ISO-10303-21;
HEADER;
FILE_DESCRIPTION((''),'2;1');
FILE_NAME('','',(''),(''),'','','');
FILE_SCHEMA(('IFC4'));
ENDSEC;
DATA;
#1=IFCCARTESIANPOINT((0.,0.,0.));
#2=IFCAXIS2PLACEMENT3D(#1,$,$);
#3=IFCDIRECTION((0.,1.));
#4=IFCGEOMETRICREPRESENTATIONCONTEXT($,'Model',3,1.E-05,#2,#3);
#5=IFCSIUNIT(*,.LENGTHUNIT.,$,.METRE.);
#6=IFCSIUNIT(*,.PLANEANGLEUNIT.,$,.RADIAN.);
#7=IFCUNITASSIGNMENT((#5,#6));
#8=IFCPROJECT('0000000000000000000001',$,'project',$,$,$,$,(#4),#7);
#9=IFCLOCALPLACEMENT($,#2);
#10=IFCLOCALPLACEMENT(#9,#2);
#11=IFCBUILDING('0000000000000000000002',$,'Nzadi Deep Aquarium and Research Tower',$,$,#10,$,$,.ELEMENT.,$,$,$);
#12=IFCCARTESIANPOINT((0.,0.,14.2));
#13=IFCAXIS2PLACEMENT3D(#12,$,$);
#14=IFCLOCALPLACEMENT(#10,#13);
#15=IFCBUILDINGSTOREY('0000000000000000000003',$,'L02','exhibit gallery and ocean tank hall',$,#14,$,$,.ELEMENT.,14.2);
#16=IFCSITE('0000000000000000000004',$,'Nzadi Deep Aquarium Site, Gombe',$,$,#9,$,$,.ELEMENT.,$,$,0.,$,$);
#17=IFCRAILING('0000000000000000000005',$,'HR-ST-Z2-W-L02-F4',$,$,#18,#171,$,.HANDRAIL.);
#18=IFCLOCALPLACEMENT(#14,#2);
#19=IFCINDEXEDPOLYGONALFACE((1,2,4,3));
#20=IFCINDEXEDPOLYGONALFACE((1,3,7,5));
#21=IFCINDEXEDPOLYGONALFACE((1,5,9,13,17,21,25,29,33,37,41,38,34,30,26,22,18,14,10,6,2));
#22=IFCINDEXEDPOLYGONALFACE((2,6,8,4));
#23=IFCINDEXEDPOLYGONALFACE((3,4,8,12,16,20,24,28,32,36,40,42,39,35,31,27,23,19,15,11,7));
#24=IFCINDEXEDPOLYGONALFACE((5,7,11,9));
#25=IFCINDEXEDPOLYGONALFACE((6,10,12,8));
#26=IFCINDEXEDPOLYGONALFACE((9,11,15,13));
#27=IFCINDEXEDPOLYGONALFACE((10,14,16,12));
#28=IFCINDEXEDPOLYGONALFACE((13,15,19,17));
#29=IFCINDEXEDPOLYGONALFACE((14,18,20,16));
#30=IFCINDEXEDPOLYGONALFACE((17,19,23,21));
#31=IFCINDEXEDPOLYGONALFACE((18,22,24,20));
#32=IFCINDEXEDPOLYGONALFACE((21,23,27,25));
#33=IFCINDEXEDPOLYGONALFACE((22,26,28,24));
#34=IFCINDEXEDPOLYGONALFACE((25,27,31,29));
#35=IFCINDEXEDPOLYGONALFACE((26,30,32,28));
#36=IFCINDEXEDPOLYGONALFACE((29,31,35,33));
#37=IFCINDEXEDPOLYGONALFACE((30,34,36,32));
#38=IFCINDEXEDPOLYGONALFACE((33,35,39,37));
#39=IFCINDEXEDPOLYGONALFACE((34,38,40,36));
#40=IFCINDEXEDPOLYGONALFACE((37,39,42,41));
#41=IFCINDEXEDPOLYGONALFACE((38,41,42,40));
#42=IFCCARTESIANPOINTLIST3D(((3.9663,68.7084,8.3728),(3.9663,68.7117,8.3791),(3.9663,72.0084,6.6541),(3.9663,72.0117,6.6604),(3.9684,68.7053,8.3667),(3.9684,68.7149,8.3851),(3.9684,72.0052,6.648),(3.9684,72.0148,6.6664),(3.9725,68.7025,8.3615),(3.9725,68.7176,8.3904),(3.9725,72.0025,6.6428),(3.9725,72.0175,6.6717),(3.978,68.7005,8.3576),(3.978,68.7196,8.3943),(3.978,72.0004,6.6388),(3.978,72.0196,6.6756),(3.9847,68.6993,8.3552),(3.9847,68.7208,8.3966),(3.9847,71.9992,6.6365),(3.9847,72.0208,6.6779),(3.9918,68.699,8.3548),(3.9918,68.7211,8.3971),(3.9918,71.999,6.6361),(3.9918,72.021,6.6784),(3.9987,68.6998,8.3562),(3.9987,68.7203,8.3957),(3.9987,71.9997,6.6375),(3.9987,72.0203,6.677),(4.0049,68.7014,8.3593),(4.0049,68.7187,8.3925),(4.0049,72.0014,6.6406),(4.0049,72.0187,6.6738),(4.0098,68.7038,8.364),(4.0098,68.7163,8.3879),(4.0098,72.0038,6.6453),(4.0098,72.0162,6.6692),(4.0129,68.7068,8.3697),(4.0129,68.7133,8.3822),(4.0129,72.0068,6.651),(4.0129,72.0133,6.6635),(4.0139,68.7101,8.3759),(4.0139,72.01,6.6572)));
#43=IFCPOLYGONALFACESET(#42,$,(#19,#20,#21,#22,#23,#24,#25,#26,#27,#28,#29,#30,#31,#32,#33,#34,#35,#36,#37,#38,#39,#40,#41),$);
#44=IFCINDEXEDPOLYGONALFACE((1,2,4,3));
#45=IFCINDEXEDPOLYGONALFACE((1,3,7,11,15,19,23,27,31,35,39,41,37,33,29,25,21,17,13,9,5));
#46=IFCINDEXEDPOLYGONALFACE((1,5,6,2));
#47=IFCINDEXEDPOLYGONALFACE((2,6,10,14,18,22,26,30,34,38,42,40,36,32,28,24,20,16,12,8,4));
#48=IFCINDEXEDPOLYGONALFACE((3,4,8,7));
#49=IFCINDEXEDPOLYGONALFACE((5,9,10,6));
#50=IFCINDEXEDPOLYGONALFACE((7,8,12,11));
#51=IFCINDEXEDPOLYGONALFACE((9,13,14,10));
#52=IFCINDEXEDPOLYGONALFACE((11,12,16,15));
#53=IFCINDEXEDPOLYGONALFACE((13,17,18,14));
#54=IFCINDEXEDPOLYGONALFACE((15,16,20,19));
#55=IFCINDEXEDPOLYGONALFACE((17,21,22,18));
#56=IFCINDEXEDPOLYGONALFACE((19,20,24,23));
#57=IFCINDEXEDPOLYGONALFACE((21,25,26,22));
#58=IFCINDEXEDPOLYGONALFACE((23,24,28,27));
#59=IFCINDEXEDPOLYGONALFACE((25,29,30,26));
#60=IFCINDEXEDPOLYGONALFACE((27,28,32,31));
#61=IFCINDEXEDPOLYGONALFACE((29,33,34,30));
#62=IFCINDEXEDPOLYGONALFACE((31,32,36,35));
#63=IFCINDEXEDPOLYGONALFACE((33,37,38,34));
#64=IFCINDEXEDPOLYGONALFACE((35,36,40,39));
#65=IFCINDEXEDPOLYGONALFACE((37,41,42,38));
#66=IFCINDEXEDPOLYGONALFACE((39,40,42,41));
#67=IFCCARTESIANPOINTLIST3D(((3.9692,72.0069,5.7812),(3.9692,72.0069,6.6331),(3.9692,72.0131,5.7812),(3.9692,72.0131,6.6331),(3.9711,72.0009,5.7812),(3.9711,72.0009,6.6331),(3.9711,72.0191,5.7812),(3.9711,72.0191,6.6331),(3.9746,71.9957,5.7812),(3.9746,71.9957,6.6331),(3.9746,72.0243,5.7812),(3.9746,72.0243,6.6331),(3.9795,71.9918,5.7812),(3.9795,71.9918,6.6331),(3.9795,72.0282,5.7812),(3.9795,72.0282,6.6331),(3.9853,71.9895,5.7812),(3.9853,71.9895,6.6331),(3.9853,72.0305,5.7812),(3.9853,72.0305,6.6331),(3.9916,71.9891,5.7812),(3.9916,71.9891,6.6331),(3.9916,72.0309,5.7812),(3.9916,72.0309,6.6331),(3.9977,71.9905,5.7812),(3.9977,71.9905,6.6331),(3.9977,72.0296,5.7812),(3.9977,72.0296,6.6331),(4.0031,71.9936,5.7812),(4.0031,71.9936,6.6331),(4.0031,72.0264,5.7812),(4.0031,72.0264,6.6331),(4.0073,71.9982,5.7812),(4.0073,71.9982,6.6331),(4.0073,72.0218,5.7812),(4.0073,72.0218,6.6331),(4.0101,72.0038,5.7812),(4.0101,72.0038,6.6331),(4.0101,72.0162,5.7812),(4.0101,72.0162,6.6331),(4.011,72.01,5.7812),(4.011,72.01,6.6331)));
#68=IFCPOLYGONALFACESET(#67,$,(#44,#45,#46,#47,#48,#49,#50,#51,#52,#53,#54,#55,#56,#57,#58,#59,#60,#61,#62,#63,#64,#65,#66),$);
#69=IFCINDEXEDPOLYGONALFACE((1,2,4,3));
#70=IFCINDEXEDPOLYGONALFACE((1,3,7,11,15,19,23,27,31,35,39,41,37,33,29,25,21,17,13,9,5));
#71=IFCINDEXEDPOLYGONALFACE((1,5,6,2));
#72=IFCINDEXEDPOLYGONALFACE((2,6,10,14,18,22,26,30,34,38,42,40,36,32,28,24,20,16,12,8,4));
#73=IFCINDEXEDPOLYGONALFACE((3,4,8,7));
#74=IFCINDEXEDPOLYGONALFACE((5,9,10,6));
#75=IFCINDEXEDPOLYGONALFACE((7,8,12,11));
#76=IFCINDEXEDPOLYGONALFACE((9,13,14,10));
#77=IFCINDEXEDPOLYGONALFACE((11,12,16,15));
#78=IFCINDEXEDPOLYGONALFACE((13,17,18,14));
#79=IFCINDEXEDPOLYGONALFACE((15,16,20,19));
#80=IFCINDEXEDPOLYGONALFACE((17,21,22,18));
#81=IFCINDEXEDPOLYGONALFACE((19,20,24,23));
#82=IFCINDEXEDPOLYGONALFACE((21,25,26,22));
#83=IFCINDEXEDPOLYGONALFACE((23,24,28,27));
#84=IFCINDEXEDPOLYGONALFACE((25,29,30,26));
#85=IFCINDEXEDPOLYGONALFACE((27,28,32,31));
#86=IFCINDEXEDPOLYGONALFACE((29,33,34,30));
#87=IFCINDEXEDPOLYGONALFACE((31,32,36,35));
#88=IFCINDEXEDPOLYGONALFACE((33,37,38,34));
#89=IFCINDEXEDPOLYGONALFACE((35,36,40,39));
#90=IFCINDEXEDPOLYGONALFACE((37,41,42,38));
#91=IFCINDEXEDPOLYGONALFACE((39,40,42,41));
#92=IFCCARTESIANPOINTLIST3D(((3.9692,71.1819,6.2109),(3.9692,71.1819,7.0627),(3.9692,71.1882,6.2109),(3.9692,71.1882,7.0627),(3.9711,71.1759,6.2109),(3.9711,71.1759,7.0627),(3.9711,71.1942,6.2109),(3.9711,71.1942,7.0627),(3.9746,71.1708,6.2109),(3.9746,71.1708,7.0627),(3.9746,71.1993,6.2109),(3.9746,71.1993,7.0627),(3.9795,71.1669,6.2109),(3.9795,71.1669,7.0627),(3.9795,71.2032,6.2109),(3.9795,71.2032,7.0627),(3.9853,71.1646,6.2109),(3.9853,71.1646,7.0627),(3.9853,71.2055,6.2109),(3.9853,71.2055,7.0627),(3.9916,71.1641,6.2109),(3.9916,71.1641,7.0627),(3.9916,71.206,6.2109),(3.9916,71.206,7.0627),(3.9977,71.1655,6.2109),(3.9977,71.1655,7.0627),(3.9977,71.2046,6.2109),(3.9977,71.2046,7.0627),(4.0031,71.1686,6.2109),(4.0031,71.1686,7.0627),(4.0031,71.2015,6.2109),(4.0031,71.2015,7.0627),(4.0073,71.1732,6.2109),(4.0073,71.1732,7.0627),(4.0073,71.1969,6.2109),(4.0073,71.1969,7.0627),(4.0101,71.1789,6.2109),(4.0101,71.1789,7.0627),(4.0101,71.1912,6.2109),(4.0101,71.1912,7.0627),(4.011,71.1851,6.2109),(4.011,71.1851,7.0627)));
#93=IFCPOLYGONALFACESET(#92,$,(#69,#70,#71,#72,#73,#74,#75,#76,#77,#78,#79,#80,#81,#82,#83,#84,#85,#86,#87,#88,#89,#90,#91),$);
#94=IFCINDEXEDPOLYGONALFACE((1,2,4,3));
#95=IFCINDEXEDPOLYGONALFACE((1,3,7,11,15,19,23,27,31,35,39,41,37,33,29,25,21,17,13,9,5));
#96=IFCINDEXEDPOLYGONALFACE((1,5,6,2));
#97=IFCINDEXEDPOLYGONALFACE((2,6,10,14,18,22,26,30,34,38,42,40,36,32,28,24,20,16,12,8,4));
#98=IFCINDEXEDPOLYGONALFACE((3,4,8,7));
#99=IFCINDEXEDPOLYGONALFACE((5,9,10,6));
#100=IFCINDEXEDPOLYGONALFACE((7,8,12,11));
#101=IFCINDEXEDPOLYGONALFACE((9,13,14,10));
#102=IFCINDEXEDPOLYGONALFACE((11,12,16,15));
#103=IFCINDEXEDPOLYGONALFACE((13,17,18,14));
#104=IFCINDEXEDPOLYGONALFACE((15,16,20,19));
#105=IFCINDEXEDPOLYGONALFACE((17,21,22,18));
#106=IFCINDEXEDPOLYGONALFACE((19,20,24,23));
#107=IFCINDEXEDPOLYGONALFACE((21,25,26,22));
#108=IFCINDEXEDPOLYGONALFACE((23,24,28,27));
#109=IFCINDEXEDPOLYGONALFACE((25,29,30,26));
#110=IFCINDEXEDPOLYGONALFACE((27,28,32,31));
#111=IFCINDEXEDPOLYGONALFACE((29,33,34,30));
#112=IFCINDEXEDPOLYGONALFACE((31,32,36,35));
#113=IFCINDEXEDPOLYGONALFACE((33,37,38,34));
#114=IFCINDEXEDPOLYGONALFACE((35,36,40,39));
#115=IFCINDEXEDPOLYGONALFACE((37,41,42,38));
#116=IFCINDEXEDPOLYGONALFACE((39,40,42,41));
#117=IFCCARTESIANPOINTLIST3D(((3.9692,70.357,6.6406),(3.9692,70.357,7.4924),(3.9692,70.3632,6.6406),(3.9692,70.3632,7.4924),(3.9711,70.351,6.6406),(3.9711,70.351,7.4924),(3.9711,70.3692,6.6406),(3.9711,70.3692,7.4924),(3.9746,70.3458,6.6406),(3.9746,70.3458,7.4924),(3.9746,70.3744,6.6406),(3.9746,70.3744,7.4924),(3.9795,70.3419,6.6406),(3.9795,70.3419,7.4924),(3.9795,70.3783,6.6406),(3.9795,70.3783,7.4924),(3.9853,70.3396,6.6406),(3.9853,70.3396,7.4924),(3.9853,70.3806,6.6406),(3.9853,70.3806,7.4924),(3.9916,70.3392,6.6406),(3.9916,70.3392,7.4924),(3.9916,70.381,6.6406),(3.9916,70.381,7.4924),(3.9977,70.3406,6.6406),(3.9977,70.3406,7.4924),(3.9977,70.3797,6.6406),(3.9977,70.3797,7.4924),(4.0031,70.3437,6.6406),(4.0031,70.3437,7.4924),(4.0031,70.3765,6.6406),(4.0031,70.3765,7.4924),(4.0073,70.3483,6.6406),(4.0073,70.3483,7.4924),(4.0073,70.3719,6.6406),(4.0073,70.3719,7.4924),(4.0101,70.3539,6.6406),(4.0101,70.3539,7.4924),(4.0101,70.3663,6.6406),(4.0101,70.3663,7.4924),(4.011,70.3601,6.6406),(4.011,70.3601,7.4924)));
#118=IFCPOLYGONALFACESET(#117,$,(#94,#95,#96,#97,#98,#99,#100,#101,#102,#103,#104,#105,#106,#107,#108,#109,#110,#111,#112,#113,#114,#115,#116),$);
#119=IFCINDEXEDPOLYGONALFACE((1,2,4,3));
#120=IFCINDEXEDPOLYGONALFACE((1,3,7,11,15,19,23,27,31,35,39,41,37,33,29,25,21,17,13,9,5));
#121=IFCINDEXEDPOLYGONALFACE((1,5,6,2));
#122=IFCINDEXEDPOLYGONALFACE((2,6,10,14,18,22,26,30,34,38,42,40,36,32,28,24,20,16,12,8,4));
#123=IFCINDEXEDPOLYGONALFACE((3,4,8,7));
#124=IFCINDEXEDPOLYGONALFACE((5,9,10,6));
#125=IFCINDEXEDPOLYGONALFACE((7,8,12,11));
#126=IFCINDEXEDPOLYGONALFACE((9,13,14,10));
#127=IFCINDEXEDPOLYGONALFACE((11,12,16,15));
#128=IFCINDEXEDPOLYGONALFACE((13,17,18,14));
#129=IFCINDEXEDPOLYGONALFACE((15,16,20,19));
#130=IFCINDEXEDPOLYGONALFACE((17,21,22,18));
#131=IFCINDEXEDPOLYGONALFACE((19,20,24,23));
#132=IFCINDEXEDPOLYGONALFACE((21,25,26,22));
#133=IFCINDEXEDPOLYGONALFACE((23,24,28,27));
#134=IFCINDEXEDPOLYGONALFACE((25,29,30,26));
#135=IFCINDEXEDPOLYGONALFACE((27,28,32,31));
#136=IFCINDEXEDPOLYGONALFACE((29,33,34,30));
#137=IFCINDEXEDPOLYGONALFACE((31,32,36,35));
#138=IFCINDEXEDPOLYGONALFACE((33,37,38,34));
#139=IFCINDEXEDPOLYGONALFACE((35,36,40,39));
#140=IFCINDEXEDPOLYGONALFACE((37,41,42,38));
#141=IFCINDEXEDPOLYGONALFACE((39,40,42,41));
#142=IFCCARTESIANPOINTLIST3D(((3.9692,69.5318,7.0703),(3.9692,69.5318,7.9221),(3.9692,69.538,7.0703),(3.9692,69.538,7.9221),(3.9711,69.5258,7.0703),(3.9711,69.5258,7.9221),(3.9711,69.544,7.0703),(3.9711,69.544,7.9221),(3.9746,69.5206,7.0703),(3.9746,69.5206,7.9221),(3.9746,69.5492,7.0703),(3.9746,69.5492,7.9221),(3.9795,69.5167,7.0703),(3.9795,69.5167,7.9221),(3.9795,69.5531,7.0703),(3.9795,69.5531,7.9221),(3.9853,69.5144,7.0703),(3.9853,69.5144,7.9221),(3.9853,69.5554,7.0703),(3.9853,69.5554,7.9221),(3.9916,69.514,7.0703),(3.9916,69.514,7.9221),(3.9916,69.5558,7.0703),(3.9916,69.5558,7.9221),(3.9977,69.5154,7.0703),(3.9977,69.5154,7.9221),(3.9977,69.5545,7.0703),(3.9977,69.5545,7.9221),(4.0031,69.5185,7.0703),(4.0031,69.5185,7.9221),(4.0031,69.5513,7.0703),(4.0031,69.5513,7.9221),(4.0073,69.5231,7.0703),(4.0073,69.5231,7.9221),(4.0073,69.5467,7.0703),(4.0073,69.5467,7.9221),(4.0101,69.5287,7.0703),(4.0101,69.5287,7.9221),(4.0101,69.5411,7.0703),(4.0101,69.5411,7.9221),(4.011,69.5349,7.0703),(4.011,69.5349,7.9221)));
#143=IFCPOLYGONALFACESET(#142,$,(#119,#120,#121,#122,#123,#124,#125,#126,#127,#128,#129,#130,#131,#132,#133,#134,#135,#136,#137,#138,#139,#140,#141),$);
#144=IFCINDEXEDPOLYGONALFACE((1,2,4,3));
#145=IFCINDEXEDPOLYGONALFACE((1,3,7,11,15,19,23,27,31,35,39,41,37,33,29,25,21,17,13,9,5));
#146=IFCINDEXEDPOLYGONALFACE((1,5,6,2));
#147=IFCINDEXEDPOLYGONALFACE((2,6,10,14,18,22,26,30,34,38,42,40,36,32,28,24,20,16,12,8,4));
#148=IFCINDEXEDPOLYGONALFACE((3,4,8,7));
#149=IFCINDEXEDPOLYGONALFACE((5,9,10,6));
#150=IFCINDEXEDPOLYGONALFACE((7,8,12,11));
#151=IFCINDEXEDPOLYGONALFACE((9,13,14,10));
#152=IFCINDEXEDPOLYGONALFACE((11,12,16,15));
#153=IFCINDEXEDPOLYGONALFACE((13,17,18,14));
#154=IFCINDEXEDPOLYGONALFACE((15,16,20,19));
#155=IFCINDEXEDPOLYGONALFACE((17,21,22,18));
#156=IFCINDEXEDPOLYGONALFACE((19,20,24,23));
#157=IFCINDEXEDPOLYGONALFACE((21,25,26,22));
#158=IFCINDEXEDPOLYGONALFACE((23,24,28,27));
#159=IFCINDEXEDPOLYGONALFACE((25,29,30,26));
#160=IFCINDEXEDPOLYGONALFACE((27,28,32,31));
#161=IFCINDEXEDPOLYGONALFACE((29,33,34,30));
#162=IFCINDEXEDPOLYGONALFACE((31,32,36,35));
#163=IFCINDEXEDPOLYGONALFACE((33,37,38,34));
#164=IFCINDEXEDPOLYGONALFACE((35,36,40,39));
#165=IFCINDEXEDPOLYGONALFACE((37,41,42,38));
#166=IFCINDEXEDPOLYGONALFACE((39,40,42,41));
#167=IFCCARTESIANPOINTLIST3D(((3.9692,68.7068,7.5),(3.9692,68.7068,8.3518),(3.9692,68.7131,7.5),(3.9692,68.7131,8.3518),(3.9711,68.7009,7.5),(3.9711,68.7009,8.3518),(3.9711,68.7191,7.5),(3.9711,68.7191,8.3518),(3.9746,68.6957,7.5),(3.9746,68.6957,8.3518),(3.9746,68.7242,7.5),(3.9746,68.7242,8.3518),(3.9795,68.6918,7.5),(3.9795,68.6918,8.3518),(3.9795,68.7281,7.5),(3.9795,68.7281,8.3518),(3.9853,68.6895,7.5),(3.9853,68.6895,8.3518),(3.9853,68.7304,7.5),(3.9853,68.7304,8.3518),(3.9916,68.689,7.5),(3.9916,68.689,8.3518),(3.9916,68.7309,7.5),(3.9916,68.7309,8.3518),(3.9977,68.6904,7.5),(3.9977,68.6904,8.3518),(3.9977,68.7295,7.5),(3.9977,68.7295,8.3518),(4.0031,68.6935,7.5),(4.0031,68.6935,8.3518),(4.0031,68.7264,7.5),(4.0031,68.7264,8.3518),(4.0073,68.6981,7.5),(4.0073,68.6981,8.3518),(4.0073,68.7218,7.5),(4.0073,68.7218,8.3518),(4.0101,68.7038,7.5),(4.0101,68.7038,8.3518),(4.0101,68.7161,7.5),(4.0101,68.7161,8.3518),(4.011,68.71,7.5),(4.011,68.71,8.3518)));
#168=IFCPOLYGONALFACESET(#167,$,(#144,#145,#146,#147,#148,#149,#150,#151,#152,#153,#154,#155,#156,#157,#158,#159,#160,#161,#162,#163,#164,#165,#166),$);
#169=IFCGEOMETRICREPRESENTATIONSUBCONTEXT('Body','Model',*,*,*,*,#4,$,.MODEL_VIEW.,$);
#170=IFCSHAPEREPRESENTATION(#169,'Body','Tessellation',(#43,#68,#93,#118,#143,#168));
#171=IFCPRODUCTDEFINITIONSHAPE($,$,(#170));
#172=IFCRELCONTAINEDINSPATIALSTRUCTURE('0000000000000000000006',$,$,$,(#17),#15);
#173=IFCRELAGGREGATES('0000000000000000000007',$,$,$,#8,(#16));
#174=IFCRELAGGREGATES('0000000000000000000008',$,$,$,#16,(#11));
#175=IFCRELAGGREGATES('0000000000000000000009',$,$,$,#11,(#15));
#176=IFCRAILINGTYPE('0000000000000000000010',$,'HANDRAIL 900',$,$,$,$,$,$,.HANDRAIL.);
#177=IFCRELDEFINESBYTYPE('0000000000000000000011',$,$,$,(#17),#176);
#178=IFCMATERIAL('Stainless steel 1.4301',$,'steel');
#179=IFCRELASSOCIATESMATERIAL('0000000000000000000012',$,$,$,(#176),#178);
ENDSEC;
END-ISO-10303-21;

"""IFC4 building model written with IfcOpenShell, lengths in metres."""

from ifc_helpers import new_model, si_unit, direction, frame, origin, origin_2d, place, context, subcontext, project, spatial, circle, extrude, material, type_object, element, save


model = new_model("IFC4")

# Units and contexts
model_context = context("Model", 3, precision=1e-05, world=origin(), true_north=direction((0.0, 1.0)))
body_context = subcontext(model_context, "Body", "Model", "MODEL_VIEW")
ifc_project = project(units=[si_unit("LENGTHUNIT", "METRE"), si_unit("PLANEANGLEUNIT", "RADIAN")], contexts=[model_context])

# Site, building, storey
site_placement = place(None, origin())
site = spatial("IfcSite", under=ifc_project, at=site_placement, Name="Nzadi Deep Aquarium Site, Gombe", CompositionType="ELEMENT", RefElevation=0.0)
building_placement = place(site_placement, origin())
building = spatial("IfcBuilding", under=site, at=building_placement, Name="Nzadi Deep Aquarium and Research Tower", CompositionType="ELEMENT")
storey_placement = place(building_placement, frame((0.0, 0.0, 14.2)))
storey = spatial("IfcBuildingStorey", under=building, at=storey_placement, Name="L02", Description="exhibit gallery and ocean tank hall", CompositionType="ELEMENT", Elevation=14.2)

# Railing
ifc_material_1 = material(Name="Stainless steel 1.4301", Category="steel")
railing_type = type_object("IfcRailingType", Name="HANDRAIL 900", PredefinedType="HANDRAIL", material=ifc_material_1)
for number, where, name in (
    (1, (3.99, 72.01, 5.7812), "HR-ST-Z2-W-L02-F4"),
):
    element("IfcRailing", number, at=place(storey_placement, frame(where)), inside=storey, type_object=railing_type, Name=name, PredefinedType="HANDRAIL", context=body_context, shape_type="SweptSolid", body=[
        extrude(circle(Radius=0.0239, at=origin_2d()), frame((0.0, 0.0, 0.876), z_axis=(0.0, -0.886917, 0.461929), x_axis=(1.0, 0.0, 0.0)), (0.0, 0.0, 1.0), 3.7207),
        extrude(circle(Radius=0.021, at=origin_2d()), origin(), (0.0, 0.0, 1.0), 0.8518),
        extrude(circle(Radius=0.021, at=origin_2d()), frame((0.0, -0.825, 0.4297)), (0.0, 0.0, 1.0), 0.8518),
        extrude(circle(Radius=0.021, at=origin_2d()), frame((0.0, -1.6499, 0.8594)), (0.0, 0.0, 1.0), 0.8518),
        extrude(circle(Radius=0.021, at=origin_2d()), frame((0.0, -2.4751, 1.2891)), (0.0, 0.0, 1.0), 0.8518),
        extrude(circle(Radius=0.021, at=origin_2d()), frame((0.0, -3.3, 1.7188)), (0.0, 0.0, 1.0), 0.8518),
    ])

save(model, "model.ifc")
